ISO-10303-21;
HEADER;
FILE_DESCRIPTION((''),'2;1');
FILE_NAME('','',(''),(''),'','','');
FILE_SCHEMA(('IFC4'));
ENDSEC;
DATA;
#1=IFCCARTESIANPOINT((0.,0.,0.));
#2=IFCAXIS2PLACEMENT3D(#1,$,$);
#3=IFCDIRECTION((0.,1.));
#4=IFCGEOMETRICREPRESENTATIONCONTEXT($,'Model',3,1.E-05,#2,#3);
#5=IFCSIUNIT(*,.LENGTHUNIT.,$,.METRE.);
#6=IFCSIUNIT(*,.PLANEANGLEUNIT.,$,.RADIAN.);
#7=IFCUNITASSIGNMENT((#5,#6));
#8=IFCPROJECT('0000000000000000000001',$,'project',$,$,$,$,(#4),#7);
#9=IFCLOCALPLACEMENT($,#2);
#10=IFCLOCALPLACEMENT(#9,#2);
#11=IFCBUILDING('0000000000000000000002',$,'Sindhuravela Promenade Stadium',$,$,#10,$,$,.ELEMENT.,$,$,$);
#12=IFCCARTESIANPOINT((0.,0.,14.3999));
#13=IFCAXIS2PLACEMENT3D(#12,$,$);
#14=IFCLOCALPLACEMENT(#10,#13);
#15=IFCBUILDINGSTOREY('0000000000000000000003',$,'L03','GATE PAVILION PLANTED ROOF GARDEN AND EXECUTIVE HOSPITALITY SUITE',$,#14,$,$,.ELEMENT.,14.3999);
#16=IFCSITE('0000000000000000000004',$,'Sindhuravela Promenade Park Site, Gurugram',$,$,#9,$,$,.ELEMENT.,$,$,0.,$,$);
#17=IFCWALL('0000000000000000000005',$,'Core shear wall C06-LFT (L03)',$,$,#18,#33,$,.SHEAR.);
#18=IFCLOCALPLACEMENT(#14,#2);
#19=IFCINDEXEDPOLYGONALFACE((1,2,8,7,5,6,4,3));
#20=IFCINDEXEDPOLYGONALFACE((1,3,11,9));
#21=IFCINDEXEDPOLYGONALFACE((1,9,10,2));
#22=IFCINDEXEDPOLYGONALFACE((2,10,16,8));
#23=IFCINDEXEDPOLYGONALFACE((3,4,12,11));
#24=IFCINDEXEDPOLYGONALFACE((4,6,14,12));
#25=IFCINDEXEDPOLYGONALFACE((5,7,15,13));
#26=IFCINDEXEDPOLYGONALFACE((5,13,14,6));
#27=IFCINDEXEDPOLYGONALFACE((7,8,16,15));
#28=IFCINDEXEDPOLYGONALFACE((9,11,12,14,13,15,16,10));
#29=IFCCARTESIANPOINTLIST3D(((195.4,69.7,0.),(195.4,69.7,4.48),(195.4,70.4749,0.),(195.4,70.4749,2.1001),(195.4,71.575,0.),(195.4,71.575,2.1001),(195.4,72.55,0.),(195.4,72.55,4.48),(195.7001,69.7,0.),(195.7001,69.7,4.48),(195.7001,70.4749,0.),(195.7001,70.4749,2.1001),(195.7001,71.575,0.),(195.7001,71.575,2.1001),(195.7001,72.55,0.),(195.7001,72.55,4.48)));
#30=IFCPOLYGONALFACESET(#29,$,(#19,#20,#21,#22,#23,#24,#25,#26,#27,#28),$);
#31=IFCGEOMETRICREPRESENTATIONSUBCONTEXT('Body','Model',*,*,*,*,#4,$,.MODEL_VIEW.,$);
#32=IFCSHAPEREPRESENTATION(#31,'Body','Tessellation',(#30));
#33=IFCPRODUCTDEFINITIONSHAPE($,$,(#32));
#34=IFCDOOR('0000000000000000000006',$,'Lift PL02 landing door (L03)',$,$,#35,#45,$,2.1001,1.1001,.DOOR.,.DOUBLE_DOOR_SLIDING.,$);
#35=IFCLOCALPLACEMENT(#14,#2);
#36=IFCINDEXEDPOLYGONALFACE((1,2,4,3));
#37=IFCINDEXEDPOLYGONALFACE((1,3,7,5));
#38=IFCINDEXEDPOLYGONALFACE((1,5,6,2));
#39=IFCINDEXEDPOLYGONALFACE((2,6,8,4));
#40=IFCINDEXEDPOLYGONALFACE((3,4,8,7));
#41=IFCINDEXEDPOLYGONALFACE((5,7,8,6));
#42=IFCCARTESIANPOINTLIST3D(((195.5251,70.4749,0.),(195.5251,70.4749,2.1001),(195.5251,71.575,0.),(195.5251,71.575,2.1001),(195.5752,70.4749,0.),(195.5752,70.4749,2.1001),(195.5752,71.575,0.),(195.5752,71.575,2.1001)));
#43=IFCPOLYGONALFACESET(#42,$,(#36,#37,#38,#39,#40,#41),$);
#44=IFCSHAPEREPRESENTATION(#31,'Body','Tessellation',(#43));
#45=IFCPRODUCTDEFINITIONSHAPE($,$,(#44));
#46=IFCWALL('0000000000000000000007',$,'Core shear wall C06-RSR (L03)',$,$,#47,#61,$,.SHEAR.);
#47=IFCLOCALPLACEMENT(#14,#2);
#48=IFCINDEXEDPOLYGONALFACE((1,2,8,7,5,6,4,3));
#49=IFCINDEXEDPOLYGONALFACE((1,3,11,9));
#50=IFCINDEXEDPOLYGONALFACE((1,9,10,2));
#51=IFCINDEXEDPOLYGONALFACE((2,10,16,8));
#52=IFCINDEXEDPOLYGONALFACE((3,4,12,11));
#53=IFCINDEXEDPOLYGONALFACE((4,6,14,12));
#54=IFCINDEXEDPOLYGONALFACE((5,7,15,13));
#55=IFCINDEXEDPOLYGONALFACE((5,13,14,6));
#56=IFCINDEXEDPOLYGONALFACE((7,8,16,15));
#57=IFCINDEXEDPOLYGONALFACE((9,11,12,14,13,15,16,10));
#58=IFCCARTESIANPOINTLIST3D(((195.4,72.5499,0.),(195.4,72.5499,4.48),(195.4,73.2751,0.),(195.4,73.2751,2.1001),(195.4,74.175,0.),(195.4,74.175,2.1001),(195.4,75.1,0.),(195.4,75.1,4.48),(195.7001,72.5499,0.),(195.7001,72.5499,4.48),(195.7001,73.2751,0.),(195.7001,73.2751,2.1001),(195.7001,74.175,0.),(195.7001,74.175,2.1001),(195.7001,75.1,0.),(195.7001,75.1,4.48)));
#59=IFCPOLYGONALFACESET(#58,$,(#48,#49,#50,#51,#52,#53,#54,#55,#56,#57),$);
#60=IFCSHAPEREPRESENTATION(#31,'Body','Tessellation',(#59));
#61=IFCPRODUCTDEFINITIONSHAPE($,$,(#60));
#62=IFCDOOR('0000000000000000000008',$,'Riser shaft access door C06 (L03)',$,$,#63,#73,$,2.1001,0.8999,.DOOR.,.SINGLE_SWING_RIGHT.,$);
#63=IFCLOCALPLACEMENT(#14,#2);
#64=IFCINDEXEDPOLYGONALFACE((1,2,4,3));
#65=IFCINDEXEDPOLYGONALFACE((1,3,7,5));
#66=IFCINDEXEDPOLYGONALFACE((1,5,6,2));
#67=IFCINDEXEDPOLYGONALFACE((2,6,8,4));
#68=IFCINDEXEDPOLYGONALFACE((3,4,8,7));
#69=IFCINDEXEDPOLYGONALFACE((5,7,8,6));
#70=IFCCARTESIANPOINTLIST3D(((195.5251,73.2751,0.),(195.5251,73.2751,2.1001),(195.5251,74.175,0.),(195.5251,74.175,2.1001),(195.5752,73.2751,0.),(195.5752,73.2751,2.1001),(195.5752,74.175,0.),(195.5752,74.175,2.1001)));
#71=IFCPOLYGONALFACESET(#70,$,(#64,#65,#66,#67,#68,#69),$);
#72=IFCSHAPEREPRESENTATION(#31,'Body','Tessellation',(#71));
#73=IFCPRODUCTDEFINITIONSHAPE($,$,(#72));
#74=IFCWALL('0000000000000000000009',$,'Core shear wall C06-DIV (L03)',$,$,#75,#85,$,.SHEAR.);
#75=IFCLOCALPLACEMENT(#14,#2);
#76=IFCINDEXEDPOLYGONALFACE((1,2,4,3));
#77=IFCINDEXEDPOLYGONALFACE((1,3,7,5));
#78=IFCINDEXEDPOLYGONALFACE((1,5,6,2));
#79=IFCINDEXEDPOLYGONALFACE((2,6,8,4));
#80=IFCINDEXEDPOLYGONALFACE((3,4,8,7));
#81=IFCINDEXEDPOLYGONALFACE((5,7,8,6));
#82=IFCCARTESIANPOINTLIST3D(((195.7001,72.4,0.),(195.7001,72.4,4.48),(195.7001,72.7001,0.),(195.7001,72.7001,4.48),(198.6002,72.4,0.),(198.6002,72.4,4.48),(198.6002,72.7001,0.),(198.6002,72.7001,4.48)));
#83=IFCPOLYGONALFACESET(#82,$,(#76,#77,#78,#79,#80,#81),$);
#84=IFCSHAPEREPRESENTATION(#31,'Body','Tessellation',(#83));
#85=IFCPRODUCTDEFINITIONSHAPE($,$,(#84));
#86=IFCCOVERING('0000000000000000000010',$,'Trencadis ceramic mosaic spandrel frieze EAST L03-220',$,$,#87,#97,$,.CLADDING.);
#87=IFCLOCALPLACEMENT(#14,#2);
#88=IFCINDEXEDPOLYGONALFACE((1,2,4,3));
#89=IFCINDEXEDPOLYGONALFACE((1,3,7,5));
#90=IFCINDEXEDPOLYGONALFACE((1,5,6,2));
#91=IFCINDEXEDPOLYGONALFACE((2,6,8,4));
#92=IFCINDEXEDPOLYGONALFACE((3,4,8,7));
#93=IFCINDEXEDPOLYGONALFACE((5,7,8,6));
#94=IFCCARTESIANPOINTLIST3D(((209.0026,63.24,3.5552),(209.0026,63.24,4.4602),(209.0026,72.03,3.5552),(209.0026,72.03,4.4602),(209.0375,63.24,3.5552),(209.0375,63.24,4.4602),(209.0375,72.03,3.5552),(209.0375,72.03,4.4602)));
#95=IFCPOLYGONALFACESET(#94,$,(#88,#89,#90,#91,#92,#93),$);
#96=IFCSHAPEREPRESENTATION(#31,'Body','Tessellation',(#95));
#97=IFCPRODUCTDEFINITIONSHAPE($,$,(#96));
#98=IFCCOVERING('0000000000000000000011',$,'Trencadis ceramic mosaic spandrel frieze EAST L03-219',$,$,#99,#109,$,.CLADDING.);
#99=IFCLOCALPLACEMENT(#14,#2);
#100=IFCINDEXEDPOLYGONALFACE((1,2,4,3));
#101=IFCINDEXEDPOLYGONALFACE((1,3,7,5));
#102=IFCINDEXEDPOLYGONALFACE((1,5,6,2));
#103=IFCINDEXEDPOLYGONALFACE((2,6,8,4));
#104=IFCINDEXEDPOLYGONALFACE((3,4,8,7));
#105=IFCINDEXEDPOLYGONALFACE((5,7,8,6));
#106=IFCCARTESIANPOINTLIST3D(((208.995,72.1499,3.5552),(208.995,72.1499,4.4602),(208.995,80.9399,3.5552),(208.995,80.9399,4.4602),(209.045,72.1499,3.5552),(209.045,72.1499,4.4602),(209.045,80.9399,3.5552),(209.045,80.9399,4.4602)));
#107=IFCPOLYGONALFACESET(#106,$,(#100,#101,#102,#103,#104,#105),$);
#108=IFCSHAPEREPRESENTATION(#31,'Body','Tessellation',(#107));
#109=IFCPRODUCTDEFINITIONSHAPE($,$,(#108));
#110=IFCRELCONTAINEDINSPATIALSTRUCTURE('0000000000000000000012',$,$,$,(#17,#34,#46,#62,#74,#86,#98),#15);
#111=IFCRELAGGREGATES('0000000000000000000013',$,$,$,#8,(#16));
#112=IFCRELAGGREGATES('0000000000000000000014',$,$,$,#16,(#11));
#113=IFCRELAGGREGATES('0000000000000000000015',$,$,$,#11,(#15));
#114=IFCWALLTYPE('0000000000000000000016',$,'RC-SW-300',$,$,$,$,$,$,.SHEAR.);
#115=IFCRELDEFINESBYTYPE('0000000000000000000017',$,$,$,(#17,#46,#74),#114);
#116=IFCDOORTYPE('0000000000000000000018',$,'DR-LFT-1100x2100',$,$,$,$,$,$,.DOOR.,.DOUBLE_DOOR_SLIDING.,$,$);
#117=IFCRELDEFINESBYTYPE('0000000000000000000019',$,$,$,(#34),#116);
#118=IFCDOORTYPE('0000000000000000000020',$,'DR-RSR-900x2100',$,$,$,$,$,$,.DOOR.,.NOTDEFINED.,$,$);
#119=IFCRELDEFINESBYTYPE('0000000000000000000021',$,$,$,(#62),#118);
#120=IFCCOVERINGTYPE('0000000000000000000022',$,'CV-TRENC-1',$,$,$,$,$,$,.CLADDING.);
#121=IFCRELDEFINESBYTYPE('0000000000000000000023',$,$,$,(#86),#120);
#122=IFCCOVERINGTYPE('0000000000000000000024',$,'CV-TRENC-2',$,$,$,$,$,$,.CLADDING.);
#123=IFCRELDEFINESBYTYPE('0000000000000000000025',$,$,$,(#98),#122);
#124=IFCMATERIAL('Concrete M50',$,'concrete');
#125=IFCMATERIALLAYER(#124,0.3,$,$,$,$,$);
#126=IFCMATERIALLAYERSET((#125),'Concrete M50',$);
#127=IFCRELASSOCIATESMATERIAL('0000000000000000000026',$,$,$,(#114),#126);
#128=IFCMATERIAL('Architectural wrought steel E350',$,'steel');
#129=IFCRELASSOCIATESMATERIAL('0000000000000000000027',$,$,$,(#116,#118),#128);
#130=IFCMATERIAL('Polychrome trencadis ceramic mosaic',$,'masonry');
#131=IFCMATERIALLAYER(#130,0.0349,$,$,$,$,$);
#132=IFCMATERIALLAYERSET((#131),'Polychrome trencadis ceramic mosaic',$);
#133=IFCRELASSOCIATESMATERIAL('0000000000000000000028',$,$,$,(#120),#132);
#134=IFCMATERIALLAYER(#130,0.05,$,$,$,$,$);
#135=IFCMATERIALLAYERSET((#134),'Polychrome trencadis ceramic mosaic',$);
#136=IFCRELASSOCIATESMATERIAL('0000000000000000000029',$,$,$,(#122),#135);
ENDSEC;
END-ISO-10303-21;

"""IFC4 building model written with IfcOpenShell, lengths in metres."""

from ifc_helpers import new_model, si_unit, direction, frame, frame_2d, origin, origin_2d, place, context, subcontext, project, spatial, rectangle, extrude, material, layer, layer_set, type_object, element, fill, save


model = new_model("IFC4")

# Units and contexts
model_context = context("Model", 3, precision=1e-05, world=origin(), true_north=direction((0.0, 1.0)))
body_context = subcontext(model_context, "Body", "Model", "MODEL_VIEW")
ifc_project = project(units=[si_unit("LENGTHUNIT", "METRE"), si_unit("PLANEANGLEUNIT", "RADIAN")], contexts=[model_context])

# Site, building, storey
site_placement = place(None, origin())
site = spatial("IfcSite", under=ifc_project, at=site_placement, Name="Sindhuravela Promenade Park Site, Gurugram", CompositionType="ELEMENT", RefElevation=0.0)
building_placement = place(site_placement, origin())
building = spatial("IfcBuilding", under=site, at=building_placement, Name="Sindhuravela Promenade Stadium", CompositionType="ELEMENT")
storey_placement = place(building_placement, frame((0.0, 0.0, 14.3999)))
storey = spatial("IfcBuildingStorey", under=building, at=storey_placement, Name="L03", Description="GATE PAVILION PLANTED ROOF GARDEN AND EXECUTIVE HOSPITALITY SUITE", CompositionType="ELEMENT", Elevation=14.3999)

# Shared definitions
ifc_material_1 = material(Name="Concrete M50", Category="concrete")
ifc_layer_1 = layer(ifc_material_1, 0.3)
ifc_layer_set_1 = layer_set([ifc_layer_1], Name="Concrete M50")
wall_type_1 = type_object("IfcWallType", Name="RC-SW-300", PredefinedType="SHEAR", material=ifc_layer_set_1)
ifc_material_2 = material(Name="Architectural wrought steel E350", Category="steel")

# Walls, openings, doors
wall_1_placement = place(storey_placement, frame((195.55, 69.7, 0.0), z_axis=(0.0, 0.0, 1.0), x_axis=(0.0, 1.0, 0.0)))
wall_1 = element("IfcWall", 1, at=wall_1_placement, inside=storey, type_object=wall_type_1, Name="Core shear wall C06-LFT (L03)", PredefinedType="SHEAR", context=body_context, shape_type="SweptSolid", body=[
    extrude(rectangle(XDim=2.8501, YDim=0.3, at=frame_2d((1.425, 0.0))), origin(), (0.0, 0.0, 1.0), 4.48),
])
opening_1_placement = place(wall_1_placement, frame((0.7749, 0.0, 0.0)))
opening_1 = element("IfcOpeningElement", 2, at=opening_1_placement, cuts=wall_1, PredefinedType="OPENING", context=body_context, shape_type="SweptSolid", body=[
    extrude(rectangle(XDim=1.1001, YDim=2.1001, at=frame_2d((0.55, 1.05))), frame((0.0, 0.1599, 0.0), z_axis=(0.0, -1.0, 0.0), x_axis=(1.0, 0.0, 0.0)), (0.0, 0.0, 1.0), 0.3201),
])
door_type_1 = type_object("IfcDoorType", Name="DR-LFT-1100x2100", OperationType="DOUBLE_DOOR_SLIDING", PredefinedType="DOOR", material=ifc_material_2)
door_1_placement = place(opening_1_placement, origin())
door_1 = element("IfcDoor", 3, at=door_1_placement, inside=storey, type_object=door_type_1, Name="Lift PL02 landing door (L03)", OperationType="DOUBLE_DOOR_SLIDING", OverallHeight=2.1001, OverallWidth=1.1001, PredefinedType="DOOR", context=body_context, shape_type="SweptSolid", body=[
    extrude(rectangle(XDim=1.1001, YDim=2.1001, at=frame_2d((0.55, 1.05))), frame((0.0, 0.0249, 0.0), z_axis=(0.0, -1.0, 0.0), x_axis=(1.0, 0.0, 0.0)), (0.0, 0.0, 1.0), 0.05),
])
fill(opening_1, door_1)
wall_2_placement = place(storey_placement, frame((195.55, 72.55, 0.0), z_axis=(0.0, 0.0, 1.0), x_axis=(0.0, 1.0, 0.0)))
wall_2 = element("IfcWall", 4, at=wall_2_placement, inside=storey, type_object=wall_type_1, Name="Core shear wall C06-RSR (L03)", PredefinedType="SHEAR", context=body_context, shape_type="SweptSolid", body=[
    extrude(rectangle(XDim=2.55, YDim=0.3, at=frame_2d((1.2749, 0.0))), origin(), (0.0, 0.0, 1.0), 4.48),
])
opening_2_placement = place(wall_2_placement, frame((0.7251, 0.0, 0.0)))
opening_2 = element("IfcOpeningElement", 5, at=opening_2_placement, cuts=wall_2, PredefinedType="OPENING", context=body_context, shape_type="SweptSolid", body=[
    extrude(rectangle(XDim=0.8999, YDim=2.1001, at=frame_2d((0.45, 1.05))), frame((0.0, 0.1599, 0.0), z_axis=(0.0, -1.0, 0.0), x_axis=(1.0, 0.0, 0.0)), (0.0, 0.0, 1.0), 0.3201),
])
door_type_2 = type_object("IfcDoorType", Name="DR-RSR-900x2100", OperationType="NOTDEFINED", PredefinedType="DOOR", material=ifc_material_2)
door_2_placement = place(opening_2_placement, origin())
door_2 = element("IfcDoor", 6, at=door_2_placement, inside=storey, type_object=door_type_2, Name="Riser shaft access door C06 (L03)", OperationType="SINGLE_SWING_RIGHT", OverallHeight=2.1001, OverallWidth=0.8999, PredefinedType="DOOR", context=body_context, shape_type="SweptSolid", body=[
    extrude(rectangle(XDim=0.8999, YDim=2.1001, at=frame_2d((0.45, 1.05))), frame((0.0, 0.0249, 0.0), z_axis=(0.0, -1.0, 0.0), x_axis=(1.0, 0.0, 0.0)), (0.0, 0.0, 1.0), 0.05),
])
fill(opening_2, door_2)

# Wall
wall_3_placement = place(storey_placement, frame((195.7, 72.55, 0.0), z_axis=(0.0, 0.0, 1.0), x_axis=(1.0, 0.0, 0.0)))
element("IfcWall", 7, at=wall_3_placement, inside=storey, type_object=wall_type_1, Name="Core shear wall C06-DIV (L03)", PredefinedType="SHEAR", context=body_context, shape_type="SweptSolid", body=[
    extrude(rectangle(XDim=2.9001, YDim=0.3, at=frame_2d((1.4502, 0.0))), origin(), (0.0, 0.0, 1.0), 4.48),
])

# Coverings
ifc_material_3 = material(Name="Polychrome trencadis ceramic mosaic", Category="masonry")
ifc_layer_2 = layer(ifc_material_3, 0.0349)
ifc_layer_set_2 = layer_set([ifc_layer_2], Name="Polychrome trencadis ceramic mosaic")
covering_type_1 = type_object("IfcCoveringType", Name="CV-TRENC-1", PredefinedType="CLADDING", material=ifc_layer_set_2)
covering_1_placement = place(storey_placement, frame((209.02, 67.635, 3.5552), z_axis=(0.0, 0.0, 1.0), x_axis=(0.0, -1.0, 0.0)))
element("IfcCovering", 8, at=covering_1_placement, inside=storey, type_object=covering_type_1, Name="Trencadis ceramic mosaic spandrel frieze EAST L03-220", PredefinedType="CLADDING", context=body_context, shape_type="SweptSolid", body=[
    extrude(rectangle(XDim=8.79, YDim=0.0349, at=origin_2d()), origin(), (0.0, 0.0, 1.0), 0.905),
])
ifc_layer_3 = layer(ifc_material_3, 0.05)
ifc_layer_set_3 = layer_set([ifc_layer_3], Name="Polychrome trencadis ceramic mosaic")
covering_type_2 = type_object("IfcCoveringType", Name="CV-TRENC-2", PredefinedType="CLADDING", material=ifc_layer_set_3)
covering_2_placement = place(storey_placement, frame((209.02, 76.5449, 3.5552), z_axis=(0.0, 0.0, 1.0), x_axis=(0.0, -1.0, 0.0)))
element("IfcCovering", 9, at=covering_2_placement, inside=storey, type_object=covering_type_2, Name="Trencadis ceramic mosaic spandrel frieze EAST L03-219", PredefinedType="CLADDING", context=body_context, shape_type="SweptSolid", body=[
    extrude(rectangle(XDim=8.79, YDim=0.05, at=origin_2d()), origin(), (0.0, 0.0, 1.0), 0.905),
])

save(model, "model.ifc")
